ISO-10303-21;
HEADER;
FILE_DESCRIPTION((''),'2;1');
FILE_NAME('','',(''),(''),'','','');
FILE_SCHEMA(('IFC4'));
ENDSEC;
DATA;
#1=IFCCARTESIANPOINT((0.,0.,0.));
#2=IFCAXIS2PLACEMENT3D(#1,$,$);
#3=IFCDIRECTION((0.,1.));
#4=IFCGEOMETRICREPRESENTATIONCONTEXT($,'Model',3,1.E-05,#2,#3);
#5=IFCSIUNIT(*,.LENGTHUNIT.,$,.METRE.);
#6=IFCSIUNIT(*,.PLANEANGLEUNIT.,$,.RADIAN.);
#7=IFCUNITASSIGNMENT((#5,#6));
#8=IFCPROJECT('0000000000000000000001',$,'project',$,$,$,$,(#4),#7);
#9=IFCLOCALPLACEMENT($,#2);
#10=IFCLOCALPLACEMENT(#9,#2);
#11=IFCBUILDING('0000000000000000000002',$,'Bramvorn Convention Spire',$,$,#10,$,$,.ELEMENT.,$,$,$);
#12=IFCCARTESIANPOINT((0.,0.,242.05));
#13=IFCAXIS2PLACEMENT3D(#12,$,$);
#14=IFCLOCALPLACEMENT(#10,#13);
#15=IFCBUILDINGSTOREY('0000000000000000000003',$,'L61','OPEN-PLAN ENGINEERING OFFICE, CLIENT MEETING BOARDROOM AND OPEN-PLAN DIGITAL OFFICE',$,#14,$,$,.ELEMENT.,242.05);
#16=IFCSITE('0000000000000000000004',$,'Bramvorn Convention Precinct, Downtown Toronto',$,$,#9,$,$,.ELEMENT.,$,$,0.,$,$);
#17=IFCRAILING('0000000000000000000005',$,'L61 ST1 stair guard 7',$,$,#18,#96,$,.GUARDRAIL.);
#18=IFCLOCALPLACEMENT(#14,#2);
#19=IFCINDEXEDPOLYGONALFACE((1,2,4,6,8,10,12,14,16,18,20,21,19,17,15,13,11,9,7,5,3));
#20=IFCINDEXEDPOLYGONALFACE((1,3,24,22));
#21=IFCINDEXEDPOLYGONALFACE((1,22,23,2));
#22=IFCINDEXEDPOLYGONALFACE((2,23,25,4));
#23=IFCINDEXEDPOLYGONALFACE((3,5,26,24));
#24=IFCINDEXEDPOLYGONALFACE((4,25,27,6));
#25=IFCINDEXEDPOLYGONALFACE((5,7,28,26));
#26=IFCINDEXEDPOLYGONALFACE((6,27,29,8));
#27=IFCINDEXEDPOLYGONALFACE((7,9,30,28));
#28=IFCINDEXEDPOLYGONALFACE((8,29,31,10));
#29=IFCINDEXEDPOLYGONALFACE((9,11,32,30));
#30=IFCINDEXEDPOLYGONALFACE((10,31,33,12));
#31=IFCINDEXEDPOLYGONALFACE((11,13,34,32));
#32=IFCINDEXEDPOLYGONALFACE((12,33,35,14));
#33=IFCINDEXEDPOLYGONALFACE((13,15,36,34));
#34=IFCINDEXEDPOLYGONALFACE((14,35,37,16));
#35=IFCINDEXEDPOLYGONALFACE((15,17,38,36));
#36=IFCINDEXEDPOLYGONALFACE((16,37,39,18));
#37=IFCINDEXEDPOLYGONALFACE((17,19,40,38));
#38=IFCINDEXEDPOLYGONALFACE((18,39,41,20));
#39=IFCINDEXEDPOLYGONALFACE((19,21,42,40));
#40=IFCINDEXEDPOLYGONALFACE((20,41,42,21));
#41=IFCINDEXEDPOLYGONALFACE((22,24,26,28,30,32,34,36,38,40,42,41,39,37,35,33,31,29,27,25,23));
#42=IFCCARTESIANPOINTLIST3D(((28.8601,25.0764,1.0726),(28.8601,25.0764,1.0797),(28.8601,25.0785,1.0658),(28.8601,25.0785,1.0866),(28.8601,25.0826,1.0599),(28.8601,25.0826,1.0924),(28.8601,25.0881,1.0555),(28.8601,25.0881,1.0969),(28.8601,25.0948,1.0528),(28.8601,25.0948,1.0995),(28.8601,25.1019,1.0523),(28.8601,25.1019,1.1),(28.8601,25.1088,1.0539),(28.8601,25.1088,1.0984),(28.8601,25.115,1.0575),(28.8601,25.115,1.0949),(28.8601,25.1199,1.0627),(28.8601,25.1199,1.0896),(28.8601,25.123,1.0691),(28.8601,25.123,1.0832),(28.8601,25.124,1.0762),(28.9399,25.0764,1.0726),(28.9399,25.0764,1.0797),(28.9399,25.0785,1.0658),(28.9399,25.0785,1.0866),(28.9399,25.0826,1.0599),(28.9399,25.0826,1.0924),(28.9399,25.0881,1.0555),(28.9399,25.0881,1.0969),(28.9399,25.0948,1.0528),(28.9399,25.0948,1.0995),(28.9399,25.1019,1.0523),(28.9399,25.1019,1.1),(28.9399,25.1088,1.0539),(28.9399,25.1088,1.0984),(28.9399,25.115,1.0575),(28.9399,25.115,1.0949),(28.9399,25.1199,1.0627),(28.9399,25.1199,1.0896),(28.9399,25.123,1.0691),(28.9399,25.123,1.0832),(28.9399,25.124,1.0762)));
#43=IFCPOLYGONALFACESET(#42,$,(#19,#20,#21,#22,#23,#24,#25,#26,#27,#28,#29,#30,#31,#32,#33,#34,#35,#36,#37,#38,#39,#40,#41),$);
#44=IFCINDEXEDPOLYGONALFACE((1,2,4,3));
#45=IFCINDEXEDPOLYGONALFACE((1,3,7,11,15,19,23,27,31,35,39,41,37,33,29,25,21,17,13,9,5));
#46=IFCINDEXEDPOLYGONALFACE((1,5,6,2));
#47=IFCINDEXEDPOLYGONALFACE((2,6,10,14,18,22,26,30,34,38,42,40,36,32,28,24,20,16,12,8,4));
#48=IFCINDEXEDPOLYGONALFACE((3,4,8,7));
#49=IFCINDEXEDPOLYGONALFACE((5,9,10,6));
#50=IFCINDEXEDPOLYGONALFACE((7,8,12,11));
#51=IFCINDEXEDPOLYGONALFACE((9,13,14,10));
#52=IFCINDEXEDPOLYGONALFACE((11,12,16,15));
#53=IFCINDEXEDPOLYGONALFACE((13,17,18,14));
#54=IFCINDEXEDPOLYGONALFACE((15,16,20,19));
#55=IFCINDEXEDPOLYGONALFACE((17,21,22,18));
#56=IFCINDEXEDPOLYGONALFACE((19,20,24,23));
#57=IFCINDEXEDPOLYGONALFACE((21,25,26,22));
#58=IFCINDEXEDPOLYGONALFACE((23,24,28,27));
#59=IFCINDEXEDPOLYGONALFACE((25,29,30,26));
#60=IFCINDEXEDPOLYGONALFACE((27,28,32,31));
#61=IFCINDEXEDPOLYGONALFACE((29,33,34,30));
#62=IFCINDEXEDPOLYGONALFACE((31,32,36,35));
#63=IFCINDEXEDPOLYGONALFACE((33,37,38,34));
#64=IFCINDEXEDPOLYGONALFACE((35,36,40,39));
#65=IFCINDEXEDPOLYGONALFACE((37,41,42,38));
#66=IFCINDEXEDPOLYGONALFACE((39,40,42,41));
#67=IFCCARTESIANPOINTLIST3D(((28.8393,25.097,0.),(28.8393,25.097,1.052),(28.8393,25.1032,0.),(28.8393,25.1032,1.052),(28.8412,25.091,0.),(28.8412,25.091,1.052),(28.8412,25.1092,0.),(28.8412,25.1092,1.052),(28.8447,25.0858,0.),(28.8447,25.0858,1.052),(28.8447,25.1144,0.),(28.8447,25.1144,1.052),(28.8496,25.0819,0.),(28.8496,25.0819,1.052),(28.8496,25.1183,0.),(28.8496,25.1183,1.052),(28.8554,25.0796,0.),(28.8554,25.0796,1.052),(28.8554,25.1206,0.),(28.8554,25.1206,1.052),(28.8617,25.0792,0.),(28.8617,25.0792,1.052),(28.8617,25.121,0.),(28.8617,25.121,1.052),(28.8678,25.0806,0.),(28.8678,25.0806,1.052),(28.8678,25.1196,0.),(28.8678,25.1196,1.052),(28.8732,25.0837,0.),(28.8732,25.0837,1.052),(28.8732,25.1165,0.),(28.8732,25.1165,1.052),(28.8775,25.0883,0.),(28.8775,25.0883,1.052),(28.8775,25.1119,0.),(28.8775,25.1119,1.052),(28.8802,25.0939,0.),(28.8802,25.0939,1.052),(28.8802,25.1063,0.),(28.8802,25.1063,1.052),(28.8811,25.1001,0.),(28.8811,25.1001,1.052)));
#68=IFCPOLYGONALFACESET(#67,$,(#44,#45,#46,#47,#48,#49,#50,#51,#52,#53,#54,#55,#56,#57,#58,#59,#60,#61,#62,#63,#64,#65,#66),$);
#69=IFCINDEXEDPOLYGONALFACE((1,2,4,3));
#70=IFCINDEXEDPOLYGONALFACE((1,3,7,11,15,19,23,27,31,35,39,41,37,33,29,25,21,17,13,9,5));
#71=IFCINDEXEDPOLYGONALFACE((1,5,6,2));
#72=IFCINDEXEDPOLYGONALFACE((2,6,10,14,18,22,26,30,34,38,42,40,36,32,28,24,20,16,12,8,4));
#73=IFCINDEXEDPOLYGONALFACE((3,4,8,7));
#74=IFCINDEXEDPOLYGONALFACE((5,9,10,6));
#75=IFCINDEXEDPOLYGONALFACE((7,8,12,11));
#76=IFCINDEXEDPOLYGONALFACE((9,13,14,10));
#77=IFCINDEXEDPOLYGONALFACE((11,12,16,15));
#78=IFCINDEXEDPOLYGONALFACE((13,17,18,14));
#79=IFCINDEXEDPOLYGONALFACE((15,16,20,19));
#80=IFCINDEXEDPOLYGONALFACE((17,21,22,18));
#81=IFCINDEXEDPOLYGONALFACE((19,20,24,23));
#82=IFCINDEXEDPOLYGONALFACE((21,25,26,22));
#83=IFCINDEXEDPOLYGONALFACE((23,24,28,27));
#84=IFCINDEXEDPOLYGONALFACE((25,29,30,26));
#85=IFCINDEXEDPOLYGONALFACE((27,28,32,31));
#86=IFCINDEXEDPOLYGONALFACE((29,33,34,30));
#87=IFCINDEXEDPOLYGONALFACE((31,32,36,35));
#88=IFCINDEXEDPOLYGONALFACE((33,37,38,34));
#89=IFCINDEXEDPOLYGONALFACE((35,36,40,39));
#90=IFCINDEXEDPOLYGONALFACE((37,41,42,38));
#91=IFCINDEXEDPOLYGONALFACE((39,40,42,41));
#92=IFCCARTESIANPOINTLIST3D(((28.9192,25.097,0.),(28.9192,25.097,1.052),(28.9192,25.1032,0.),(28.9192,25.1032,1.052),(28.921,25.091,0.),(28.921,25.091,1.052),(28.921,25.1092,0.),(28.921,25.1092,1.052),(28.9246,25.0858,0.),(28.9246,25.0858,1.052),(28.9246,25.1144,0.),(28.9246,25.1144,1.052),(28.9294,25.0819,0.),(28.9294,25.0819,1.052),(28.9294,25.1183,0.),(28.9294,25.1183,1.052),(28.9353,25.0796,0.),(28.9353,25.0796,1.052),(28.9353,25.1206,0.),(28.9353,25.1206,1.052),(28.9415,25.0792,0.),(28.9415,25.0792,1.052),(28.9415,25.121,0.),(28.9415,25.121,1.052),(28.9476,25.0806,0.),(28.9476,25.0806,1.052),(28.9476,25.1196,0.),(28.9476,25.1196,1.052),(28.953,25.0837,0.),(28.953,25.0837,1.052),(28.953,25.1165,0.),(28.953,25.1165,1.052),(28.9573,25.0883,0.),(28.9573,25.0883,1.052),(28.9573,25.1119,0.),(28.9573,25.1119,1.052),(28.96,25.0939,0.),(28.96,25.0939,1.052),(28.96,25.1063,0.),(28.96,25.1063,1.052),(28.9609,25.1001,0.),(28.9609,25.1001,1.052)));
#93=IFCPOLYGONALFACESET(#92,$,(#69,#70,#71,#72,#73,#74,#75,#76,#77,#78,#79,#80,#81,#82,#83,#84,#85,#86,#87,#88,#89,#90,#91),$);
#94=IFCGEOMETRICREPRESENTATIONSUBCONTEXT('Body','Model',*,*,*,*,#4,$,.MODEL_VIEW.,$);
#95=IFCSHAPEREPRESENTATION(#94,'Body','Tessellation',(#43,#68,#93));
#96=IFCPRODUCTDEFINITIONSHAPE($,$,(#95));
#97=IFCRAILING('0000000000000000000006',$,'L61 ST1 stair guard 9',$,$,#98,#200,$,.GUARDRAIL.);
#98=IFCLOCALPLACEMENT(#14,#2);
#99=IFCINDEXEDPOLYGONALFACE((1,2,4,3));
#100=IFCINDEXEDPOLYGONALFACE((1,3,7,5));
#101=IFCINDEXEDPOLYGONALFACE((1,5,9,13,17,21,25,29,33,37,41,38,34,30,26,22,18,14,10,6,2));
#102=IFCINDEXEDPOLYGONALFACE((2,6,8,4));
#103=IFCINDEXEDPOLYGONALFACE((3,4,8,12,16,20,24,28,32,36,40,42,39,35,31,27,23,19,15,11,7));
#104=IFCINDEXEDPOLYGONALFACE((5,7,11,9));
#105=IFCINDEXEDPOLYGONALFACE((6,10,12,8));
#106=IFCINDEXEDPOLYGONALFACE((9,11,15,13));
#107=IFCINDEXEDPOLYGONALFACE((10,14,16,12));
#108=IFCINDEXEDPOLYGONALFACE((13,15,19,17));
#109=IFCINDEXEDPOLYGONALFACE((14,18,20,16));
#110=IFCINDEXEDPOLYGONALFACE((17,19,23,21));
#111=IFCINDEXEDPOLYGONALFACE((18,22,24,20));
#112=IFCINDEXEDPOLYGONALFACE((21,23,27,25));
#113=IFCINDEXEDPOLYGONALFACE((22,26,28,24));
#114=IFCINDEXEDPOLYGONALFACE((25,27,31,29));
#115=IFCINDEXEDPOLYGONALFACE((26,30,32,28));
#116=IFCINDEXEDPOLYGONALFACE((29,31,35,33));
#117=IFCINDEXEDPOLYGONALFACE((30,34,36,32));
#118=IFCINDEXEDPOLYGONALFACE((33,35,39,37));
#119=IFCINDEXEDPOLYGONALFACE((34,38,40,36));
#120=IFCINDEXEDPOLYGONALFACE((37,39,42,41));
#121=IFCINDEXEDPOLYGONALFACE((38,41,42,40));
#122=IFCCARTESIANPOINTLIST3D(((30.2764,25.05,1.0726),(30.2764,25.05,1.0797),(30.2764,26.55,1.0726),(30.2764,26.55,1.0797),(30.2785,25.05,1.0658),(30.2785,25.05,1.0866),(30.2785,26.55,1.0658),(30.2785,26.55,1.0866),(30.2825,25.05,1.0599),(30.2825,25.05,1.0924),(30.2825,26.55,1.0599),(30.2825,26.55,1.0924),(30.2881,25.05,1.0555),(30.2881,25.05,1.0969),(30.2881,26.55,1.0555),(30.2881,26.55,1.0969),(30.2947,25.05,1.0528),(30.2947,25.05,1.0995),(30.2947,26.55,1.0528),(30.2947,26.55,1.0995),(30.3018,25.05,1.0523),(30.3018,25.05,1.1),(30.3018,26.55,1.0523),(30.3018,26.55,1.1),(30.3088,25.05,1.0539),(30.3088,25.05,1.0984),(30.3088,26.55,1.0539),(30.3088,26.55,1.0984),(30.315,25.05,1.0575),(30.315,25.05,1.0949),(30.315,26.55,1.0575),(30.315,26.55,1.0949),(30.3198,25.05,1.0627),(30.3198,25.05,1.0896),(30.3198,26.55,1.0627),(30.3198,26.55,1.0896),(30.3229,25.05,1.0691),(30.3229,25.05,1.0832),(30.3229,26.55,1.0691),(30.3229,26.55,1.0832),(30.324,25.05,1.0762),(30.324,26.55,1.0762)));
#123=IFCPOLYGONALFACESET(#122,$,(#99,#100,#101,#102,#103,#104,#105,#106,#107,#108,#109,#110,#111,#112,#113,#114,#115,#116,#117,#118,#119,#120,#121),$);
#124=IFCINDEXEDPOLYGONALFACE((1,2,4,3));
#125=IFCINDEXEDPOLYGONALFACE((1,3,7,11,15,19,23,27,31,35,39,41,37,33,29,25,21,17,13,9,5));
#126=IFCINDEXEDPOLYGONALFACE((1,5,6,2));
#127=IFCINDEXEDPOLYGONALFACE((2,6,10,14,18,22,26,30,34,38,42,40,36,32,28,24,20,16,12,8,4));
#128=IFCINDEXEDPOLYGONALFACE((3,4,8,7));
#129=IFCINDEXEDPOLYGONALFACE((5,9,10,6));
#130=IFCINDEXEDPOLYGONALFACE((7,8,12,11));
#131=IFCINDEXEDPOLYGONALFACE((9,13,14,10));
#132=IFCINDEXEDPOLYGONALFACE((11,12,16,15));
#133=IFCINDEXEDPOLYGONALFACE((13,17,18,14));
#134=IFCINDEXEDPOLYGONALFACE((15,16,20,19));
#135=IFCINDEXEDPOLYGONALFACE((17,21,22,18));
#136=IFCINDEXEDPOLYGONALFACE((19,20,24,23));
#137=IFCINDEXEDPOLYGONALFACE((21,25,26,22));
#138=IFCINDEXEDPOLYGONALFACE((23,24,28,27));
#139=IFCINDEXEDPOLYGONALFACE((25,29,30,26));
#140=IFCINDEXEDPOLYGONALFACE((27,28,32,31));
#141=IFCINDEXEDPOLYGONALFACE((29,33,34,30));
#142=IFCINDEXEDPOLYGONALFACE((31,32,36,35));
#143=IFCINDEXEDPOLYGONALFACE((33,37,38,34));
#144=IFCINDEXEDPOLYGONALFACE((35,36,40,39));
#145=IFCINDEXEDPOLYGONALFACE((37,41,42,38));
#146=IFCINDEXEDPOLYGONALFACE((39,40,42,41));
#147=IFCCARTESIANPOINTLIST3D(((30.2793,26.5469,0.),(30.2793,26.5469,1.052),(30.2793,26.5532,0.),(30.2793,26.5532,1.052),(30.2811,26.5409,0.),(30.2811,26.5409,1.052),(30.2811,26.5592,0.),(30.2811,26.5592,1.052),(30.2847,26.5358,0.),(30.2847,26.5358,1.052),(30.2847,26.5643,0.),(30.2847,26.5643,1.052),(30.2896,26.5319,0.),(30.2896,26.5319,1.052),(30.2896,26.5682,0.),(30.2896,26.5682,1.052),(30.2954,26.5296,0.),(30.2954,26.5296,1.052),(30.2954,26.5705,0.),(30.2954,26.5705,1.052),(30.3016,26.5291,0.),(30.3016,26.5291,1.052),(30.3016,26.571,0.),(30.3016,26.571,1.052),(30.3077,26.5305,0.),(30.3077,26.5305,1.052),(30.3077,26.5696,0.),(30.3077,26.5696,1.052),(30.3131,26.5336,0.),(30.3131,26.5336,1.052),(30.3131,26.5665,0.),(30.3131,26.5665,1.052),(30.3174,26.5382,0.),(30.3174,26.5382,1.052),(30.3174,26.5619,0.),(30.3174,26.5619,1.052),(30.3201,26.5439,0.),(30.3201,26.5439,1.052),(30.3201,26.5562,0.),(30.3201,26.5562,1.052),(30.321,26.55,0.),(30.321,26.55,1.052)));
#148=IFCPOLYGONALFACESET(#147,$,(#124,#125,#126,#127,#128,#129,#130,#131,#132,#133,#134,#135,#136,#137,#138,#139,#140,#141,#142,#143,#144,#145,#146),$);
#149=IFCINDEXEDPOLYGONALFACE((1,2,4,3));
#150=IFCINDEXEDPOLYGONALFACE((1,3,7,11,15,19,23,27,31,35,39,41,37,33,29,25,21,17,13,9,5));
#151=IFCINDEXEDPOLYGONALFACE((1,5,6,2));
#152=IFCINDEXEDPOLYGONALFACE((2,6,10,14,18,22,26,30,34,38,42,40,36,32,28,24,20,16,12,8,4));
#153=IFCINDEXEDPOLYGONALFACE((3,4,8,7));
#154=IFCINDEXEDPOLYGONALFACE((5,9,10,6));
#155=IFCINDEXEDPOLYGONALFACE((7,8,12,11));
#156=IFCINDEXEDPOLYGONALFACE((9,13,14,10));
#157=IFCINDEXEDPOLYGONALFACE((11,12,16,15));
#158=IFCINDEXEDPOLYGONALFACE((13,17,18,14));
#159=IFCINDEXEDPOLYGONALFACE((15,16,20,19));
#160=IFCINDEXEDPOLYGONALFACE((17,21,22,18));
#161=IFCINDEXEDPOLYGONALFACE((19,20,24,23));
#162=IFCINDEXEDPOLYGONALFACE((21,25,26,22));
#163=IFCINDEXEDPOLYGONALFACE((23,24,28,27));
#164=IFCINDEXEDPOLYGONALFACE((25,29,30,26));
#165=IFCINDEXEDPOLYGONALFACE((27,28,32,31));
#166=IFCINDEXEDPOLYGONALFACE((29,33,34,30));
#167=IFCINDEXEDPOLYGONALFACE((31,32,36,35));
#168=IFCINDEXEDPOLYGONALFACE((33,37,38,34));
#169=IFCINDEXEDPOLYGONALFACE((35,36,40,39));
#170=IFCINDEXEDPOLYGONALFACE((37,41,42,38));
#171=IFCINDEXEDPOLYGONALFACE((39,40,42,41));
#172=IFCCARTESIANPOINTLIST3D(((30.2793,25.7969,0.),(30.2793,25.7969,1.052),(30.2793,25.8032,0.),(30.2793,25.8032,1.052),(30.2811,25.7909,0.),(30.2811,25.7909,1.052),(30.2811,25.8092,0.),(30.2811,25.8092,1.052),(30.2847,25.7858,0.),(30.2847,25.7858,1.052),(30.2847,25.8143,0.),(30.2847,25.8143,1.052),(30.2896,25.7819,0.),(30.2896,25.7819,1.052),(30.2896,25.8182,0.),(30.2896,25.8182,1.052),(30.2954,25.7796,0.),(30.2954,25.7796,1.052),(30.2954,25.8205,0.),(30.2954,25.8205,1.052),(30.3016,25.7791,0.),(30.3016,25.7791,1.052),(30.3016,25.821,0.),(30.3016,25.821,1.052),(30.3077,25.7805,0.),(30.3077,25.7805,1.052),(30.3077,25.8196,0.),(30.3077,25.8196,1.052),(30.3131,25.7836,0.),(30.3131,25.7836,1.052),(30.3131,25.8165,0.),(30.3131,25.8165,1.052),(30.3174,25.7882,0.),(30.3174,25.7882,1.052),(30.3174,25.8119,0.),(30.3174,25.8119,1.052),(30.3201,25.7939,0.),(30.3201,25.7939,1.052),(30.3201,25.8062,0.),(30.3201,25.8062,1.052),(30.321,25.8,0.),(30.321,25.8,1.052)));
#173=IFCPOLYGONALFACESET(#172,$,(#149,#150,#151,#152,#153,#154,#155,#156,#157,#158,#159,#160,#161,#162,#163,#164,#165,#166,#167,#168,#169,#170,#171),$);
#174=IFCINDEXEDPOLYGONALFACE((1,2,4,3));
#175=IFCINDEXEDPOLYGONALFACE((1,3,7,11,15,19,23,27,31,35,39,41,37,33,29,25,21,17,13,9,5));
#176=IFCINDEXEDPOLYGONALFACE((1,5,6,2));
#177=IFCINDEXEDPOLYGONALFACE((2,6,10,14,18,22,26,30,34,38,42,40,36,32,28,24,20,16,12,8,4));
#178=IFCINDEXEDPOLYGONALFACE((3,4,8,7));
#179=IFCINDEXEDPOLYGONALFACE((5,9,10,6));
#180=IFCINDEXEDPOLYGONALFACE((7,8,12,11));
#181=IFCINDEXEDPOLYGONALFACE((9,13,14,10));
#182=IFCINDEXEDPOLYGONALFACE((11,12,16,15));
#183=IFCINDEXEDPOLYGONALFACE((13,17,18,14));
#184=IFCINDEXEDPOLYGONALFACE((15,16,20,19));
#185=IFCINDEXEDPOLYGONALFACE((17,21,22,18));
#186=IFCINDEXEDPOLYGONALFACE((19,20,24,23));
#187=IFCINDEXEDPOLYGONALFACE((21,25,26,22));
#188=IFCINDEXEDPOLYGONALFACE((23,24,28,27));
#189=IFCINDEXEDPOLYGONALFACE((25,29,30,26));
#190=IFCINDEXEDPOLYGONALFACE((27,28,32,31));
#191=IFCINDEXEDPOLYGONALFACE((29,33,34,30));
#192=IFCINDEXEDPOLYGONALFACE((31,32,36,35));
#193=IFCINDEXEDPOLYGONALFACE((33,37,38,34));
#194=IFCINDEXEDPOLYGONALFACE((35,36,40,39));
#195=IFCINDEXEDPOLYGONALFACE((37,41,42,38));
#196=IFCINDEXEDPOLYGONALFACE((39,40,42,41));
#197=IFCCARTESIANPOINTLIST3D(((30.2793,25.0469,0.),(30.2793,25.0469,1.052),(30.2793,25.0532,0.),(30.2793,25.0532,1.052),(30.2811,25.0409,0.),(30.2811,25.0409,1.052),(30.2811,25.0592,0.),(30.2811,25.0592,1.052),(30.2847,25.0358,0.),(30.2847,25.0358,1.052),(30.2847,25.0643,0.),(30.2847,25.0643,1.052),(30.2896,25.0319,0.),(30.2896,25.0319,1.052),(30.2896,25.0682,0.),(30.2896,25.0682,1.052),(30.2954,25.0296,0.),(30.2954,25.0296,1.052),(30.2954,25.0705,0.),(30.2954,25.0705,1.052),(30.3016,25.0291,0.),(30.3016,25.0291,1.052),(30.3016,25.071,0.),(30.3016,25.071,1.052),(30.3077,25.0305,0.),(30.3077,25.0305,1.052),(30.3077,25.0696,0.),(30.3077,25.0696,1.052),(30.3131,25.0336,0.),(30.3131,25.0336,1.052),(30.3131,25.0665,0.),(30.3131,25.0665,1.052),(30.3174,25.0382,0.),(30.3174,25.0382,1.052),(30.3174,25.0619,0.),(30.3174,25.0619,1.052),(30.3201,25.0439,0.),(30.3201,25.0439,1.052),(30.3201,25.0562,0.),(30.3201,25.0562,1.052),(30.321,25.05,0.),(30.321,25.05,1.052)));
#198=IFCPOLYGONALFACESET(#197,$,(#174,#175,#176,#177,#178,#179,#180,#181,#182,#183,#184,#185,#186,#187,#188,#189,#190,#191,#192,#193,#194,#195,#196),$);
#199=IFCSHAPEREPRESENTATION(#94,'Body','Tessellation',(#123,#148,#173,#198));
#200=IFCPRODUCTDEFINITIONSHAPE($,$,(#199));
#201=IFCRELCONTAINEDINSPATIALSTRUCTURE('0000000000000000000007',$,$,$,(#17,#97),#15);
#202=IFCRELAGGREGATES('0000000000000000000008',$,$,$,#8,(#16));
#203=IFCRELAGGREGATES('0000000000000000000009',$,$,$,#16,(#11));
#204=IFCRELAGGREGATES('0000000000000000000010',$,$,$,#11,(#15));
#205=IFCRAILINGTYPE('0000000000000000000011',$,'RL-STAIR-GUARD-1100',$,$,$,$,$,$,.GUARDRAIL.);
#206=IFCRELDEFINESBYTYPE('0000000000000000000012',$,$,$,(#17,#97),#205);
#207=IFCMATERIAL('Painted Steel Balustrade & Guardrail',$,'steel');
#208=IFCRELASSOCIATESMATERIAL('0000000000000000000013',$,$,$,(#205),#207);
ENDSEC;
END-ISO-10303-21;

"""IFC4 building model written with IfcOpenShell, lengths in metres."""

from ifc_helpers import new_model, si_unit, direction, frame, origin, origin_2d, place, context, subcontext, project, spatial, circle, extrude, material, type_object, element, save


model = new_model("IFC4")

# Units and contexts
model_context = context("Model", 3, precision=1e-05, world=origin(), true_north=direction((0.0, 1.0)))
body_context = subcontext(model_context, "Body", "Model", "MODEL_VIEW")
ifc_project = project(units=[si_unit("LENGTHUNIT", "METRE"), si_unit("PLANEANGLEUNIT", "RADIAN")], contexts=[model_context])

# Site, building, storey
site_placement = place(None, origin())
site = spatial("IfcSite", under=ifc_project, at=site_placement, Name="Bramvorn Convention Precinct, Downtown Toronto", CompositionType="ELEMENT", RefElevation=0.0)
building_placement = place(site_placement, origin())
building = spatial("IfcBuilding", under=site, at=building_placement, Name="Bramvorn Convention Spire", CompositionType="ELEMENT")
storey_placement = place(building_placement, frame((0.0, 0.0, 242.05)))
storey = spatial("IfcBuildingStorey", under=building, at=storey_placement, Name="L61", Description="OPEN-PLAN ENGINEERING OFFICE, CLIENT MEETING BOARDROOM AND OPEN-PLAN DIGITAL OFFICE", CompositionType="ELEMENT", Elevation=242.05)

# Railings
ifc_material_1 = material(Name="Painted Steel Balustrade & Guardrail", Category="steel")
railing_type_1 = type_object("IfcRailingType", Name="RL-STAIR-GUARD-1100", PredefinedType="GUARDRAIL", material=ifc_material_1)
railing_1_placement = place(storey_placement, frame((28.8601, 25.1001, 0.0)))
element("IfcRailing", 1, at=railing_1_placement, inside=storey, type_object=railing_type_1, Name="L61 ST1 stair guard 7", PredefinedType="GUARDRAIL", context=body_context, shape_type="SweptSolid", body=[
    extrude(circle(Radius=0.0239, at=origin_2d()), frame((0.0, 0.0, 1.0762), z_axis=(1.0, 0.0, 0.0), x_axis=(0.0, 1.0, 0.0)), (0.0, 0.0, 1.0), 0.0798),
    extrude(circle(Radius=0.021, at=origin_2d()), origin(), (0.0, 0.0, 1.0), 1.052),
    extrude(circle(Radius=0.021, at=origin_2d()), frame((0.0798, 0.0, 0.0)), (0.0, 0.0, 1.0), 1.052),
])
railing_2_placement = place(storey_placement, frame((30.3, 26.55, 0.0)))
element("IfcRailing", 2, at=railing_2_placement, inside=storey, type_object=railing_type_1, Name="L61 ST1 stair guard 9", PredefinedType="GUARDRAIL", context=body_context, shape_type="SweptSolid", body=[
    extrude(circle(Radius=0.0239, at=origin_2d()), frame((0.0, 0.0, 1.0762), z_axis=(0.0, -1.0, 0.0), x_axis=(1.0, 0.0, 0.0)), (0.0, 0.0, 1.0), 1.5),
    extrude(circle(Radius=0.021, at=origin_2d()), origin(), (0.0, 0.0, 1.0), 1.052),
    extrude(circle(Radius=0.021, at=origin_2d()), frame((0.0, -0.75, 0.0)), (0.0, 0.0, 1.0), 1.052),
    extrude(circle(Radius=0.021, at=origin_2d()), frame((0.0, -1.5, 0.0)), (0.0, 0.0, 1.0), 1.052),
])

save(model, "model.ifc")
